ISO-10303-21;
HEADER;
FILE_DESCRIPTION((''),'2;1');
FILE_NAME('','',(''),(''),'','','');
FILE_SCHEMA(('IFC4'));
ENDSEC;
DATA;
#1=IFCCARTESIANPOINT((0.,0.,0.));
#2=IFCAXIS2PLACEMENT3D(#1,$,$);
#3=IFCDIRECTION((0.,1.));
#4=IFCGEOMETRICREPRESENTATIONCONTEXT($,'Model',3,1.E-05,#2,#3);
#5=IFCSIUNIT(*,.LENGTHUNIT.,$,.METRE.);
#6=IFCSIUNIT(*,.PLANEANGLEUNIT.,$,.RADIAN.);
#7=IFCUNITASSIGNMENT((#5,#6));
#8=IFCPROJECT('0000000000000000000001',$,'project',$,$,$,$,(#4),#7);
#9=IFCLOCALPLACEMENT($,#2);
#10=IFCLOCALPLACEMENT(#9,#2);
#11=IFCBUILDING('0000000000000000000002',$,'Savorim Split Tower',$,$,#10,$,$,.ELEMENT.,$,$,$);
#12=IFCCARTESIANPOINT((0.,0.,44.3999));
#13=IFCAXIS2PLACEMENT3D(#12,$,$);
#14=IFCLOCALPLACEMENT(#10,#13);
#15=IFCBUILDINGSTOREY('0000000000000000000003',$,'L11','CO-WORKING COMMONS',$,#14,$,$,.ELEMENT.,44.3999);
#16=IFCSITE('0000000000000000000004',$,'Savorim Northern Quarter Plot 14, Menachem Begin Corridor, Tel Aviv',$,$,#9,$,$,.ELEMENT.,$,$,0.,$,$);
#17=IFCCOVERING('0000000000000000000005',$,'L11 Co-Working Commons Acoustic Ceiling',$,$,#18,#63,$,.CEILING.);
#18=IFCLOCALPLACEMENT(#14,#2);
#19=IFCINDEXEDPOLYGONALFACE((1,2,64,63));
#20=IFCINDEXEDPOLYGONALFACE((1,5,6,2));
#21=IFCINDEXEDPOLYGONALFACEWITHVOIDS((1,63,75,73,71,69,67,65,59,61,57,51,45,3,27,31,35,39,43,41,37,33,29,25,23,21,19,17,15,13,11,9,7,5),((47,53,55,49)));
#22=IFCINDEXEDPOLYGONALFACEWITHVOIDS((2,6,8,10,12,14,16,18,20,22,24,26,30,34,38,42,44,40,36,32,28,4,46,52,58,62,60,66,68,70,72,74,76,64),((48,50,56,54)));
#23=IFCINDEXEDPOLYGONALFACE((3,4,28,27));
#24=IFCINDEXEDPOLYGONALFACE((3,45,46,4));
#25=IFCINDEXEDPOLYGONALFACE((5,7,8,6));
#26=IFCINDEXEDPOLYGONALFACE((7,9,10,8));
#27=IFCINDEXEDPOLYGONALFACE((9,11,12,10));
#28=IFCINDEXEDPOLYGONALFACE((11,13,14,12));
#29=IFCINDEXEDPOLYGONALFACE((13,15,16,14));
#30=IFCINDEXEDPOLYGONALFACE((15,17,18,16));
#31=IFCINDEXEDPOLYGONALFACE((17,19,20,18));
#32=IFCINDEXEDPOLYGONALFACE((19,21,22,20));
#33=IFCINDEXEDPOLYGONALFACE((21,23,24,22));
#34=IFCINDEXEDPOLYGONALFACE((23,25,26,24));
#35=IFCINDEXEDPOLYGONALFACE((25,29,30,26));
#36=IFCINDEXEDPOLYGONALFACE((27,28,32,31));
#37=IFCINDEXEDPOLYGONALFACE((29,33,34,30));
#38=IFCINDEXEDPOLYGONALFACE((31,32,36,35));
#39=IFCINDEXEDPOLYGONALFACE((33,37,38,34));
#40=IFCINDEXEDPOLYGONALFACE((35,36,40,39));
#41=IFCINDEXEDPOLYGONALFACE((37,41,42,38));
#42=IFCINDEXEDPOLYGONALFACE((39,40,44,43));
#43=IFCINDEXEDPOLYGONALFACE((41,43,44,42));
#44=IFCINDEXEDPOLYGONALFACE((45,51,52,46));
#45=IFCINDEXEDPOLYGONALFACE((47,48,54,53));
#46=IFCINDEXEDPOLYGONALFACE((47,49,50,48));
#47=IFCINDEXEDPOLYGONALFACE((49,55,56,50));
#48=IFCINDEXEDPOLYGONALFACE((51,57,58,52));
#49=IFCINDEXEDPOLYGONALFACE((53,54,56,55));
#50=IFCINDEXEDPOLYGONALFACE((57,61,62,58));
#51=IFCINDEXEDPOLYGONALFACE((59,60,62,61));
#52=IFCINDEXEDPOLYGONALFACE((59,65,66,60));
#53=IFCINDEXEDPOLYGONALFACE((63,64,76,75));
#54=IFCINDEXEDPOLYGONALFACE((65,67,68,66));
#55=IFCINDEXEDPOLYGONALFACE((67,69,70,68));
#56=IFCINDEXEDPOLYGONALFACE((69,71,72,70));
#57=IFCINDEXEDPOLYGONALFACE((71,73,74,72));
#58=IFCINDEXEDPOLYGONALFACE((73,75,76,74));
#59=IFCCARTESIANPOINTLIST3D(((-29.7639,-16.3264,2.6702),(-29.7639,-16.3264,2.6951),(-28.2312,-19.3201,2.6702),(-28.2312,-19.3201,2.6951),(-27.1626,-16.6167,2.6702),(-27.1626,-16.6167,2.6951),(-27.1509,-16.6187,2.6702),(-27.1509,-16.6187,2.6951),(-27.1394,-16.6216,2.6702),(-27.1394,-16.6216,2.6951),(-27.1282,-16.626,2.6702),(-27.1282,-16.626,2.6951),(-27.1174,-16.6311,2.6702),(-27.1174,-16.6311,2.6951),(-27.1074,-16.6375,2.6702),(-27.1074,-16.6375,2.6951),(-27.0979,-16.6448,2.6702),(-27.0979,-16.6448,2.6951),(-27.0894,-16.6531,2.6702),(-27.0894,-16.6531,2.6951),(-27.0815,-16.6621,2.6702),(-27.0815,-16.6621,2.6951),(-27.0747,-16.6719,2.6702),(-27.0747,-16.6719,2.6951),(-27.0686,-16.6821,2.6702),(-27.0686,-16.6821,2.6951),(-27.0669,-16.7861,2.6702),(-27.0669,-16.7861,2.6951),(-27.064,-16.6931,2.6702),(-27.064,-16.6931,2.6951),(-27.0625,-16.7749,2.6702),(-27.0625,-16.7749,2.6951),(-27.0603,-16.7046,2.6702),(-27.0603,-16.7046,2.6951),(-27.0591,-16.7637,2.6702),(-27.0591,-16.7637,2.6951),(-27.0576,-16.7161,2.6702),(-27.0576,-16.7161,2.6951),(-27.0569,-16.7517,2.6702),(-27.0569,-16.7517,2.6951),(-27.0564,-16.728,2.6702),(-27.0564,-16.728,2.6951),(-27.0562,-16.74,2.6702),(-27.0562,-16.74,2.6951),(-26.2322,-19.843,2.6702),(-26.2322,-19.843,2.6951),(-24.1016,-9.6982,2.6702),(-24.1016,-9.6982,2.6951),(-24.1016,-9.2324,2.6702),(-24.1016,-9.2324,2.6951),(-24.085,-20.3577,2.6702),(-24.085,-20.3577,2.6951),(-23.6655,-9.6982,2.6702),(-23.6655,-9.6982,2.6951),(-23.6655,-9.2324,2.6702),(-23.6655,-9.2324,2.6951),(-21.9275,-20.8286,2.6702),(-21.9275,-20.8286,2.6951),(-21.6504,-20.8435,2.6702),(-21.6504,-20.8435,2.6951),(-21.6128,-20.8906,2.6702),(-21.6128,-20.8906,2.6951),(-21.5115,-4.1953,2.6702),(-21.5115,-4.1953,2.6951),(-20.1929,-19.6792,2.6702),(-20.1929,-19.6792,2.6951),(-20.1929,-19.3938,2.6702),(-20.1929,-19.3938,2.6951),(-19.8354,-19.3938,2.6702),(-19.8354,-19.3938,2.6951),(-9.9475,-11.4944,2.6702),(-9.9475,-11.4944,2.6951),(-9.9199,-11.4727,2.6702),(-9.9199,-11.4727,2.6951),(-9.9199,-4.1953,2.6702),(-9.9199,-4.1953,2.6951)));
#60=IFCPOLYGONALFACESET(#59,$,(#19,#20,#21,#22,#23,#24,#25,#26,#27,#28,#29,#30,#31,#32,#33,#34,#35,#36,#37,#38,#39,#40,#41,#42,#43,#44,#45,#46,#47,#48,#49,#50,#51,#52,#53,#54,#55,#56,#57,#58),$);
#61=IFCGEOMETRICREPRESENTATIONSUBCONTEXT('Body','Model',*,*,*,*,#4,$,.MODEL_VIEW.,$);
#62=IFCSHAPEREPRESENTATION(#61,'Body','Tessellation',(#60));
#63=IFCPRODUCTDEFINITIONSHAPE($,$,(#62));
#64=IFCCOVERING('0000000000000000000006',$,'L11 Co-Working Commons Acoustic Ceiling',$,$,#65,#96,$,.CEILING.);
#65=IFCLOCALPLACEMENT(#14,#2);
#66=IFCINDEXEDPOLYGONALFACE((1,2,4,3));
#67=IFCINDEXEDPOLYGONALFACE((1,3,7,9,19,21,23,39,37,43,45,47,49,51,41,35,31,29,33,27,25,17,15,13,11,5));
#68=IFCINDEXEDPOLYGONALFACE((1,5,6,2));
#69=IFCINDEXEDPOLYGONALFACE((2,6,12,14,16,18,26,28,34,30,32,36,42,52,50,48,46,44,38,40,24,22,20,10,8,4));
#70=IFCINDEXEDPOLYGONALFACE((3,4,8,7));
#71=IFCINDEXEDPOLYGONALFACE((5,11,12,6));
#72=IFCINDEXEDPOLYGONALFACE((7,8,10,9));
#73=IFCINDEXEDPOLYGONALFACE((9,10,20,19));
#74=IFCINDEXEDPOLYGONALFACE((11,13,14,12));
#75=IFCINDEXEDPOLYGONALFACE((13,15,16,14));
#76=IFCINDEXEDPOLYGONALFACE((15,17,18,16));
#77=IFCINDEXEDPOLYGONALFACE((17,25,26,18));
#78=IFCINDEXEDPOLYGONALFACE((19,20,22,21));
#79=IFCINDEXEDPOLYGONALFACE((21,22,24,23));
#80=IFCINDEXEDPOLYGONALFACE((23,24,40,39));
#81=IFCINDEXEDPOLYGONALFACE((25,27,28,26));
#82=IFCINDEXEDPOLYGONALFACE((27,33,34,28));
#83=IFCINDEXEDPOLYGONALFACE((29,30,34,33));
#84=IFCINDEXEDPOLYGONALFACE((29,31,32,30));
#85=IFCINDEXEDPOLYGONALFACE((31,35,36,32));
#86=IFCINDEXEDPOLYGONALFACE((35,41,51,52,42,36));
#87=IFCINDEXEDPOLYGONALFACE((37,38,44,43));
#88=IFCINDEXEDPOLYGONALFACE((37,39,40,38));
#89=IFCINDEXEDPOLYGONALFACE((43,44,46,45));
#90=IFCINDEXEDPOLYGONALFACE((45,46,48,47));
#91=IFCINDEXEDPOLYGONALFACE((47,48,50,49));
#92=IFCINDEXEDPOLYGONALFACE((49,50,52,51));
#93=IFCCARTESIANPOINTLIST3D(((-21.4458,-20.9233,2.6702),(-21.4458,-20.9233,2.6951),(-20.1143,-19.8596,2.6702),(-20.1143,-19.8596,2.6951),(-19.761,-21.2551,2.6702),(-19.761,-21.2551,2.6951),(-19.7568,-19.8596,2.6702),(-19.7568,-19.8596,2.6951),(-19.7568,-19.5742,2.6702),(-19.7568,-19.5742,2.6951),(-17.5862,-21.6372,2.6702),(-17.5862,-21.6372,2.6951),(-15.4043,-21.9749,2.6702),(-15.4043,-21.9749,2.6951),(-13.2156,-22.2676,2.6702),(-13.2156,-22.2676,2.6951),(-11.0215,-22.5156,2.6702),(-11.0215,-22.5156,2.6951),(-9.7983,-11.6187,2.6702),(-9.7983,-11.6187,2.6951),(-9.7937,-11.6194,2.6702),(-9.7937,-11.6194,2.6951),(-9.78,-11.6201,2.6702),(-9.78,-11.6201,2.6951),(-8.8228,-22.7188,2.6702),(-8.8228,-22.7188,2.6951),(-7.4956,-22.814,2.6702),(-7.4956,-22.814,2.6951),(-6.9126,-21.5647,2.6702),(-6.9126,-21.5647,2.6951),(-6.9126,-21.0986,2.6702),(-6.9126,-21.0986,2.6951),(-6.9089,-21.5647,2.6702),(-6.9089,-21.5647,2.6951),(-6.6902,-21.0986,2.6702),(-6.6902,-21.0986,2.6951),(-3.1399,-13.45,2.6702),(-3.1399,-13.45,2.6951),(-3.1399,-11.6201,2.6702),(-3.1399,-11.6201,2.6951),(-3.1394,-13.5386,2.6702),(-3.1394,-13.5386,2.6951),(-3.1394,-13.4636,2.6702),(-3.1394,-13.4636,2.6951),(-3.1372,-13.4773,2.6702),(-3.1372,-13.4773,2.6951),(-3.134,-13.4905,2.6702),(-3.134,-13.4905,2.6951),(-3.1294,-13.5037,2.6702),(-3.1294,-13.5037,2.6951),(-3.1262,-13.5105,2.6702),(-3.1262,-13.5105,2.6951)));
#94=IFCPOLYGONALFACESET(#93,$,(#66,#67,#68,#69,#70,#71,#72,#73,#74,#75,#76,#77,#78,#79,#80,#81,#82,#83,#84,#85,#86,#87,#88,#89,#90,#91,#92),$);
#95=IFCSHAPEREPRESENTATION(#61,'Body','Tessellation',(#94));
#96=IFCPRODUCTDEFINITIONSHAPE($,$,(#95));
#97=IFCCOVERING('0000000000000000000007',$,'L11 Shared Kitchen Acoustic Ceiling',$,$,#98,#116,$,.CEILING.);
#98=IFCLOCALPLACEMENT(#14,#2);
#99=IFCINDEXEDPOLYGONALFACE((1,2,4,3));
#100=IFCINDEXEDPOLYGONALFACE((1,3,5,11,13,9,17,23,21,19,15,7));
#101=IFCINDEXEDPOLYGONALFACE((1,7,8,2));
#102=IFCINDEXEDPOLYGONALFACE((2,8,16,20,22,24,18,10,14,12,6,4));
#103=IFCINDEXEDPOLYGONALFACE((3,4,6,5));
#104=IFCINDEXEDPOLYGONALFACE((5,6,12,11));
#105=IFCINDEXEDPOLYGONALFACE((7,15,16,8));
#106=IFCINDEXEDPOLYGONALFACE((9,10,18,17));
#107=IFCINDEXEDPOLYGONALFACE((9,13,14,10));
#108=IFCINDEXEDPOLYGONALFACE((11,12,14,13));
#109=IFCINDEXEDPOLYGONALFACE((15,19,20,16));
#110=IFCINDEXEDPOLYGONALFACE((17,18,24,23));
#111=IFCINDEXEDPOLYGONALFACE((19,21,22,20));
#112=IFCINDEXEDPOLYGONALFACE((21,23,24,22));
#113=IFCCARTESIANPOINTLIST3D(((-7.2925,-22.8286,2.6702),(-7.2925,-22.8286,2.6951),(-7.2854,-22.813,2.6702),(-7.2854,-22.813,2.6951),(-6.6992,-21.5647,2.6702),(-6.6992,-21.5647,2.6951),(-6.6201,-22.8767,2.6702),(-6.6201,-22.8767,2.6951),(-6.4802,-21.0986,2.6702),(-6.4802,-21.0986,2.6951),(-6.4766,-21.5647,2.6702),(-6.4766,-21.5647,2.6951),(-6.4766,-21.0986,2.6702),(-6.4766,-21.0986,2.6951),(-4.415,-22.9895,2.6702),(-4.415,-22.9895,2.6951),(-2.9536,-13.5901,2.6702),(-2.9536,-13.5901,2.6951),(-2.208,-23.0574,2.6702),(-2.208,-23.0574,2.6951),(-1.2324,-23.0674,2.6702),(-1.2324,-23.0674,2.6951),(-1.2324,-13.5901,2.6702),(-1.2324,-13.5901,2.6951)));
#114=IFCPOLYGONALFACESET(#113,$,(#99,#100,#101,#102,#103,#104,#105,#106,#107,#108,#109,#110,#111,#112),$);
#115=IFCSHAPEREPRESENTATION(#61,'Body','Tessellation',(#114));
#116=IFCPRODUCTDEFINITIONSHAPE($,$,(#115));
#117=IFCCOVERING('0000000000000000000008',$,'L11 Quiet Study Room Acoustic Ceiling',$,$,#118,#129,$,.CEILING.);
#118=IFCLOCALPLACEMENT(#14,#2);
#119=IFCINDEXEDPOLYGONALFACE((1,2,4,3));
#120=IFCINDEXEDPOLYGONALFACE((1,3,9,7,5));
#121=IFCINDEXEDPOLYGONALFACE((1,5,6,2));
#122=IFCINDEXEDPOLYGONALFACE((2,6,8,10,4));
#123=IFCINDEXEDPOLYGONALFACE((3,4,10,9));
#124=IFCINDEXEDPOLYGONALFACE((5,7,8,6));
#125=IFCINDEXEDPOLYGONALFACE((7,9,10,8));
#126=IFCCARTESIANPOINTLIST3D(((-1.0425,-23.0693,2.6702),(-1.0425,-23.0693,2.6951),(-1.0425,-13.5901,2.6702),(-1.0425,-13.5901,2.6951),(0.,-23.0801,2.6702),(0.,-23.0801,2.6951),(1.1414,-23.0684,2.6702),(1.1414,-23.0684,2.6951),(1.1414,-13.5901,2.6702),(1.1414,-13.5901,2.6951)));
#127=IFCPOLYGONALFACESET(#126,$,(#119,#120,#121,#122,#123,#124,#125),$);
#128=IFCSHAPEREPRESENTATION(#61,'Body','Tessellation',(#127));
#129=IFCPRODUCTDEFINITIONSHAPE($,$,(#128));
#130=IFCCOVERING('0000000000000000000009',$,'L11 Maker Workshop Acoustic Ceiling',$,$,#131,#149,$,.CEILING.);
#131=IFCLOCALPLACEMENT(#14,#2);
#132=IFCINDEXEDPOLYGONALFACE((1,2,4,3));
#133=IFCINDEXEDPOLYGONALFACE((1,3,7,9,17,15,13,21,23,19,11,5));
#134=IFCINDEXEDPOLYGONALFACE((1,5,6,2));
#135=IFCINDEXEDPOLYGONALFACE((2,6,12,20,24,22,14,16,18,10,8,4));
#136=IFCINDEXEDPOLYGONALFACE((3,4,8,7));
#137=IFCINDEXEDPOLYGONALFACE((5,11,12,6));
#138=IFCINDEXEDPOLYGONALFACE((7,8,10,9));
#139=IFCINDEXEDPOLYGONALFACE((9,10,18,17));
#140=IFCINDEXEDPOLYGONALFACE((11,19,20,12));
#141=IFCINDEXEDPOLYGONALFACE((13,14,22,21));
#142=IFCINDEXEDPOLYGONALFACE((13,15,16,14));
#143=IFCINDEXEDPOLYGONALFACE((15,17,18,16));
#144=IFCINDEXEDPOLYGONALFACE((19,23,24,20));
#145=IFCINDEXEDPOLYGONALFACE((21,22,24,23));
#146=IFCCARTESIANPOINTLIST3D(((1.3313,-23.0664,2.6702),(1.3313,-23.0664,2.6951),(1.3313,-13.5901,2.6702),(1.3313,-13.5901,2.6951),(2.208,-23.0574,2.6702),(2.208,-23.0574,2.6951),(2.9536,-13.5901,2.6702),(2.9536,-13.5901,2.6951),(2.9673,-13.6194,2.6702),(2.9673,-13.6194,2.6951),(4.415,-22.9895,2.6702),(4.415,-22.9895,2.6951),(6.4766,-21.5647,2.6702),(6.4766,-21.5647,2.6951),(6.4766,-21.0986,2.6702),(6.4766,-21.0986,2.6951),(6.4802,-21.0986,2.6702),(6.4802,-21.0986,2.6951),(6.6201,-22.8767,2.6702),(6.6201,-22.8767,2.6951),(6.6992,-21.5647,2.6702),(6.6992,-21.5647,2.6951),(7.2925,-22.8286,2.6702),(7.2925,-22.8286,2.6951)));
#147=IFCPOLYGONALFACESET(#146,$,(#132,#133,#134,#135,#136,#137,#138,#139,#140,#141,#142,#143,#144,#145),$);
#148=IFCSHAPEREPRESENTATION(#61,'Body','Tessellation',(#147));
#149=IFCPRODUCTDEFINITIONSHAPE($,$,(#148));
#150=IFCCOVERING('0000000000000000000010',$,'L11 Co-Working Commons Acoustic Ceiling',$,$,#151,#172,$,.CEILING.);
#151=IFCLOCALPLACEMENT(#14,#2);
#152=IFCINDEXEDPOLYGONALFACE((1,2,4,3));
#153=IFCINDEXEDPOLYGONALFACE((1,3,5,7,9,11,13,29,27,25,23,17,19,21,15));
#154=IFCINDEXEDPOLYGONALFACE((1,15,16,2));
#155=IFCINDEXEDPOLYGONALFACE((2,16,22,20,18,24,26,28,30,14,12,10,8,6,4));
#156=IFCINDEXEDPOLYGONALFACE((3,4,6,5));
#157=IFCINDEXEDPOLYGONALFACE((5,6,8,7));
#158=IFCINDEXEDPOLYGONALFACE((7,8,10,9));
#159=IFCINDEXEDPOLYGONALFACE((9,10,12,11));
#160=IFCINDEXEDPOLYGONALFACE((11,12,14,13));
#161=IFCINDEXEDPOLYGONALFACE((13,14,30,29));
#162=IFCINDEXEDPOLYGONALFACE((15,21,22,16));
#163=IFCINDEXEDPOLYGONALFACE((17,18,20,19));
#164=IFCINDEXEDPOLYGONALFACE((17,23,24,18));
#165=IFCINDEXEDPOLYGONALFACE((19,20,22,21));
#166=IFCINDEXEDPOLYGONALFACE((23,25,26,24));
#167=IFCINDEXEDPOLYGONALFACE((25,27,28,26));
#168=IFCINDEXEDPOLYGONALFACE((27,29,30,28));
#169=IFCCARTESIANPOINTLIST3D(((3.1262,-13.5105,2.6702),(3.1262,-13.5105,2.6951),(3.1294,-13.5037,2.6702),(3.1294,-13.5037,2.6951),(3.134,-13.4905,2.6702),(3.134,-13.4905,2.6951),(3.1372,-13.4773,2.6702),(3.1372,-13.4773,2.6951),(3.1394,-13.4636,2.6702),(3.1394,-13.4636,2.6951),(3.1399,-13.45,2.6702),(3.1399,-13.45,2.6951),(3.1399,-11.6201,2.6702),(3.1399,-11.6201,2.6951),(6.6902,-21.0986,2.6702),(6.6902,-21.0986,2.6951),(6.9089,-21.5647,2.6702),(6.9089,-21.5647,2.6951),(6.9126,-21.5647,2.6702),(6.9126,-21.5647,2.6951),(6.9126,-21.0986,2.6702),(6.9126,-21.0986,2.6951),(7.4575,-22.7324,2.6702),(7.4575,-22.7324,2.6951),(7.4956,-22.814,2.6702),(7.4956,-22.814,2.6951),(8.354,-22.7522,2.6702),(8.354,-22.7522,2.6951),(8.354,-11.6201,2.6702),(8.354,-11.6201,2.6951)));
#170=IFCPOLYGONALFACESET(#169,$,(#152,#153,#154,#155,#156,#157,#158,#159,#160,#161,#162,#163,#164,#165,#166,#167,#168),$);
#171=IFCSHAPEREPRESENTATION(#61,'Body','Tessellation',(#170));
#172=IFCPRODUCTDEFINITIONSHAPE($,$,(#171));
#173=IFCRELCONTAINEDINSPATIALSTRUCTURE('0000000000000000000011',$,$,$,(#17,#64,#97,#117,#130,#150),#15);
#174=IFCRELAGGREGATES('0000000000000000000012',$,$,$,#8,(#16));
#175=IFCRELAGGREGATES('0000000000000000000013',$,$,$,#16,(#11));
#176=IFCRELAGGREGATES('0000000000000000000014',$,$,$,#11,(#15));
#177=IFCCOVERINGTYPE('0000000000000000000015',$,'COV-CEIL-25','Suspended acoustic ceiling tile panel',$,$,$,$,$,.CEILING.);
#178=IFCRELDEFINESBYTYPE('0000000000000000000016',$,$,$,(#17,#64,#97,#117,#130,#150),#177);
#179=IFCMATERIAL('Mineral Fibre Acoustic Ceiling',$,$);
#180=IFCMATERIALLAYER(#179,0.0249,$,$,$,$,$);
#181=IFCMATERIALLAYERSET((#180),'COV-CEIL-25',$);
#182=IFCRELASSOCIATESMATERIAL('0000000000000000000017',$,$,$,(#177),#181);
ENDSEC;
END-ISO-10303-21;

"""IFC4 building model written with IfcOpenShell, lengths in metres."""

from ifc_helpers import new_model, si_unit, direction, frame, origin, place, context, subcontext, project, spatial, polyline, outline, extrude, material, layer, layer_set, type_object, element, save


model = new_model("IFC4")

# Units and contexts
model_context = context("Model", 3, precision=1e-05, world=origin(), true_north=direction((0.0, 1.0)))
body_context = subcontext(model_context, "Body", "Model", "MODEL_VIEW")
ifc_project = project(units=[si_unit("LENGTHUNIT", "METRE"), si_unit("PLANEANGLEUNIT", "RADIAN")], contexts=[model_context])

# Site, building, storey
site_placement = place(None, origin())
site = spatial("IfcSite", under=ifc_project, at=site_placement, Name="Savorim Northern Quarter Plot 14, Menachem Begin Corridor, Tel Aviv", CompositionType="ELEMENT", RefElevation=0.0)
building_placement = place(site_placement, origin())
building = spatial("IfcBuilding", under=site, at=building_placement, Name="Savorim Split Tower", CompositionType="ELEMENT")
storey_placement = place(building_placement, frame((0.0, 0.0, 44.3999)))
storey = spatial("IfcBuildingStorey", under=building, at=storey_placement, Name="L11", Description="CO-WORKING COMMONS", CompositionType="ELEMENT", Elevation=44.3999)

# Coverings
ifc_material_1 = material(Name="Mineral Fibre Acoustic Ceiling")
ifc_layer_1 = layer(ifc_material_1, 0.0249)
ifc_layer_set_1 = layer_set([ifc_layer_1], Name="COV-CEIL-25")
covering_type_1 = type_object("IfcCoveringType", Name="COV-CEIL-25", Description="Suspended acoustic ceiling tile panel", PredefinedType="CEILING", material=ifc_layer_set_1)
covering_1_placement = place(storey_placement, frame((0.0, 0.0, 2.6702)))
element("IfcCovering", 1, at=covering_1_placement, inside=storey, type_object=covering_type_1, Name="L11 Co-Working Commons Acoustic Ceiling", PredefinedType="CEILING", context=body_context, shape_type="SweptSolid", body=[
    extrude(outline(polyline([(-27.0562, -16.74), (-27.0569, -16.7517), (-27.0591, -16.7637), (-27.0625, -16.7749), (-27.0669, -16.7861), (-28.2312, -19.3201), (-26.2322, -19.843), (-24.085, -20.3577), (-21.9275, -20.8286), (-21.6128, -20.8906), (-21.6504, -20.8435), (-20.1929, -19.6792), (-20.1929, -19.3938), (-19.8354, -19.3938), (-9.9475, -11.4944), (-9.9199, -11.4727), (-9.9199, -4.1953), (-21.5115, -4.1953), (-29.7639, -16.3264), (-27.1626, -16.6167), (-27.1509, -16.6187), (-27.1394, -16.6216), (-27.1282, -16.626), (-27.1174, -16.6311), (-27.1074, -16.6375), (-27.0979, -16.6448), (-27.0894, -16.6531), (-27.0815, -16.6621), (-27.0747, -16.6719), (-27.0686, -16.6821), (-27.064, -16.6931), (-27.0603, -16.7046), (-27.0576, -16.7161), (-27.0564, -16.728), (-27.0562, -16.74)]), holes=[polyline([(-24.1016, -9.6982), (-23.6655, -9.6982), (-23.6655, -9.2324), (-24.1016, -9.2324), (-24.1016, -9.6982)])]), origin(), (0.0, 0.0, 1.0), 0.0249),
])
covering_2_placement = place(storey_placement, frame((0.0, 0.0, 2.6702)))
element("IfcCovering", 2, at=covering_2_placement, inside=storey, type_object=covering_type_1, Name="L11 Co-Working Commons Acoustic Ceiling", PredefinedType="CEILING", context=body_context, shape_type="SweptSolid", body=[
    extrude(outline(polyline([(-15.4043, -21.9749), (-13.2156, -22.2676), (-11.0215, -22.5156), (-8.8228, -22.7188), (-7.4956, -22.814), (-6.9089, -21.5647), (-6.9126, -21.5647), (-6.9126, -21.0986), (-6.6902, -21.0986), (-3.1394, -13.5386), (-3.1262, -13.5105), (-3.1294, -13.5037), (-3.134, -13.4905), (-3.1372, -13.4773), (-3.1394, -13.4636), (-3.1399, -13.45), (-3.1399, -11.6201), (-9.78, -11.6201), (-9.7937, -11.6194), (-9.7983, -11.6187), (-19.7568, -19.5742), (-19.7568, -19.8596), (-20.1143, -19.8596), (-21.4458, -20.9233), (-19.761, -21.2551), (-17.5862, -21.6372), (-15.4043, -21.9749)])), origin(), (0.0, 0.0, 1.0), 0.0249),
])
covering_3_placement = place(storey_placement, frame((0.0, 0.0, 2.6702)))
element("IfcCovering", 3, at=covering_3_placement, inside=storey, type_object=covering_type_1, Name="L11 Shared Kitchen Acoustic Ceiling", PredefinedType="CEILING", context=body_context, shape_type="SweptSolid", body=[
    extrude(outline(polyline([(-6.6201, -22.8767), (-4.415, -22.9895), (-2.208, -23.0574), (-1.2324, -23.0674), (-1.2324, -13.5901), (-2.9536, -13.5901), (-6.4802, -21.0986), (-6.4766, -21.0986), (-6.4766, -21.5647), (-6.6992, -21.5647), (-7.2854, -22.813), (-7.2925, -22.8286), (-6.6201, -22.8767)])), origin(), (0.0, 0.0, 1.0), 0.0249),
])
covering_4_placement = place(storey_placement, frame((0.0, 0.0, 2.6702)))
element("IfcCovering", 4, at=covering_4_placement, inside=storey, type_object=covering_type_1, Name="L11 Quiet Study Room Acoustic Ceiling", PredefinedType="CEILING", context=body_context, shape_type="SweptSolid", body=[
    extrude(outline(polyline([(-1.0425, -13.5901), (-1.0425, -23.0693), (0.0, -23.0801), (1.1414, -23.0684), (1.1414, -13.5901), (-1.0425, -13.5901)])), origin(), (0.0, 0.0, 1.0), 0.0249),
])
covering_5_placement = place(storey_placement, frame((0.0, 0.0, 2.6702)))
element("IfcCovering", 5, at=covering_5_placement, inside=storey, type_object=covering_type_1, Name="L11 Maker Workshop Acoustic Ceiling", PredefinedType="CEILING", context=body_context, shape_type="SweptSolid", body=[
    extrude(outline(polyline([(1.3313, -23.0664), (2.208, -23.0574), (4.415, -22.9895), (6.6201, -22.8767), (7.2925, -22.8286), (6.6992, -21.5647), (6.4766, -21.5647), (6.4766, -21.0986), (6.4802, -21.0986), (2.9673, -13.6194), (2.9536, -13.5901), (1.3313, -13.5901), (1.3313, -23.0664)])), origin(), (0.0, 0.0, 1.0), 0.0249),
])
covering_6_placement = place(storey_placement, frame((0.0, 0.0, 2.6702)))
element("IfcCovering", 6, at=covering_6_placement, inside=storey, type_object=covering_type_1, Name="L11 Co-Working Commons Acoustic Ceiling", PredefinedType="CEILING", context=body_context, shape_type="SweptSolid", body=[
    extrude(outline(polyline([(6.9089, -21.5647), (7.4575, -22.7324), (7.4956, -22.814), (8.354, -22.7522), (8.354, -11.6201), (3.1399, -11.6201), (3.1399, -13.45), (3.1394, -13.4636), (3.1372, -13.4773), (3.134, -13.4905), (3.1294, -13.5037), (3.1262, -13.5105), (6.6902, -21.0986), (6.9126, -21.0986), (6.9126, -21.5647), (6.9089, -21.5647)])), origin(), (0.0, 0.0, 1.0), 0.0249),
])

save(model, "model.ifc")
